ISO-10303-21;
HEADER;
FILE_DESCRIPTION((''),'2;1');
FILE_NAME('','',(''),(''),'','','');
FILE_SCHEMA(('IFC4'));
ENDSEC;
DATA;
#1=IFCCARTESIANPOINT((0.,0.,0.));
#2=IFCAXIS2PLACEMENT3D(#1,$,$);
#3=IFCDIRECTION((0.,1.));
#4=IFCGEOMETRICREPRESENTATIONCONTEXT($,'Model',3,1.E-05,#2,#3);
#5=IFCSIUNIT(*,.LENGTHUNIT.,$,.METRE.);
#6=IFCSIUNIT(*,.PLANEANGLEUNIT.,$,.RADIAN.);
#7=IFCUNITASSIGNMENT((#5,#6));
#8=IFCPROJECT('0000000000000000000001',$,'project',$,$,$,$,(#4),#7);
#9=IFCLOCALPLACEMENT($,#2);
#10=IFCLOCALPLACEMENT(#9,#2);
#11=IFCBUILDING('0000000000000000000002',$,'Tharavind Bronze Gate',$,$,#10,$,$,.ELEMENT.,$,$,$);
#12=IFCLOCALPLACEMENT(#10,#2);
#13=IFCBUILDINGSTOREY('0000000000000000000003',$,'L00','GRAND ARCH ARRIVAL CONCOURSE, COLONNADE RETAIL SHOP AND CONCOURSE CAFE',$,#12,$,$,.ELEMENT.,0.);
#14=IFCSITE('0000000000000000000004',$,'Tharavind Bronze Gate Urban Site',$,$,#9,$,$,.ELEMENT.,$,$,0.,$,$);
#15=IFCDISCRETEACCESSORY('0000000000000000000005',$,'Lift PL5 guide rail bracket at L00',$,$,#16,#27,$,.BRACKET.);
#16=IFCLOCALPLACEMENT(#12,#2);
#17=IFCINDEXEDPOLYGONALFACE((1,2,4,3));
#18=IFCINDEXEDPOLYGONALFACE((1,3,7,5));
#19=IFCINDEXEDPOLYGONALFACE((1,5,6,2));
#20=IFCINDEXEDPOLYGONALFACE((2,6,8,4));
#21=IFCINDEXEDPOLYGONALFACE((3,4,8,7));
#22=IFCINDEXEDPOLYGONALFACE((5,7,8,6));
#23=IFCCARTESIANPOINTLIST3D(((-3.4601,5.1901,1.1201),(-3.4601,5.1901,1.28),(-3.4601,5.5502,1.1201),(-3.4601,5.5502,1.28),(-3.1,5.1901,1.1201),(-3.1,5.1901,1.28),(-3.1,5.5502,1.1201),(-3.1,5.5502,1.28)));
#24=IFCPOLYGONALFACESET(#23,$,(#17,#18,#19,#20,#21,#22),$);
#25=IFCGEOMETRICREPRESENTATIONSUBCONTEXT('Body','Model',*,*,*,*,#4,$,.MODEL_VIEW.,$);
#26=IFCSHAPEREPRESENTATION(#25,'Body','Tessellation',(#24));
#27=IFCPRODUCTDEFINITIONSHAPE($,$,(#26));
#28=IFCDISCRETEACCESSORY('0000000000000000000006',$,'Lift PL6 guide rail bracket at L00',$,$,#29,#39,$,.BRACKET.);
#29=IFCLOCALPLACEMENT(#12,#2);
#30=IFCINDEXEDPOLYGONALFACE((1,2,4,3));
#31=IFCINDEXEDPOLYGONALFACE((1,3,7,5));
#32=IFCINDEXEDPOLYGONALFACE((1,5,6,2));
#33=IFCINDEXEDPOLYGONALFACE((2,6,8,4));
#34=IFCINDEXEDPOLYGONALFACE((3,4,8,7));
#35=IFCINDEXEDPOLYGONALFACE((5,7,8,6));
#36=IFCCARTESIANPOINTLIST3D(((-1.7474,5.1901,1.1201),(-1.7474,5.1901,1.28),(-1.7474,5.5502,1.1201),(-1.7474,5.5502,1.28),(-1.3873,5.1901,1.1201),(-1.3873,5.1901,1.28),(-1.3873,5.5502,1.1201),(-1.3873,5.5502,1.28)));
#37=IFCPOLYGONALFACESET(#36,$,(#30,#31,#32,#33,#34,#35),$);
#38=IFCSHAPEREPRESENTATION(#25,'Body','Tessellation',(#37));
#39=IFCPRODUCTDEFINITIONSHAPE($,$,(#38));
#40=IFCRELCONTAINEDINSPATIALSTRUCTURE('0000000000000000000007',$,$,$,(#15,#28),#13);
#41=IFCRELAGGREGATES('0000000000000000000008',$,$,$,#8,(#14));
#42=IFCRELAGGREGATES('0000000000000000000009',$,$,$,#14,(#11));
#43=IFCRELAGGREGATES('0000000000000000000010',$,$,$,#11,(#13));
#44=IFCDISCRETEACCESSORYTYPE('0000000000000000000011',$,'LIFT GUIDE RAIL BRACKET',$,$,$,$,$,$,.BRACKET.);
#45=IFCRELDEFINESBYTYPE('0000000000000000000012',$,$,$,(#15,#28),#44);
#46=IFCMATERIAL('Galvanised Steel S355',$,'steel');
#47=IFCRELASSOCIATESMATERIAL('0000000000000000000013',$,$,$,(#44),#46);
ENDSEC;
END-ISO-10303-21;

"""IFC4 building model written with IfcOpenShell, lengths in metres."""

from ifc_helpers import new_model, si_unit, direction, frame, origin, origin_2d, place, context, subcontext, project, spatial, rectangle, extrude, material, type_object, element, save


model = new_model("IFC4")

# Units and contexts
model_context = context("Model", 3, precision=1e-05, world=origin(), true_north=direction((0.0, 1.0)))
body_context = subcontext(model_context, "Body", "Model", "MODEL_VIEW")
ifc_project = project(units=[si_unit("LENGTHUNIT", "METRE"), si_unit("PLANEANGLEUNIT", "RADIAN")], contexts=[model_context])

# Site, building, storey
site_placement = place(None, origin())
site = spatial("IfcSite", under=ifc_project, at=site_placement, Name="Tharavind Bronze Gate Urban Site", CompositionType="ELEMENT", RefElevation=0.0)
building_placement = place(site_placement, origin())
building = spatial("IfcBuilding", under=site, at=building_placement, Name="Tharavind Bronze Gate", CompositionType="ELEMENT")
storey_placement = place(building_placement, origin())
storey = spatial("IfcBuildingStorey", under=building, at=storey_placement, Name="L00", Description="GRAND ARCH ARRIVAL CONCOURSE, COLONNADE RETAIL SHOP AND CONCOURSE CAFE", CompositionType="ELEMENT", Elevation=0.0)

# Discrete accessories
ifc_material_1 = material(Name="Galvanised Steel S355", Category="steel")
discrete_accessory_type = type_object("IfcDiscreteAccessoryType", Name="LIFT GUIDE RAIL BRACKET", PredefinedType="BRACKET", material=ifc_material_1)
for number, where, z_axis, x_axis, name in (
    (1, (-3.28, 5.3701, 1.1201), (0.0, 0.0, 1.0), (1.0, 0.0, 0.0), "Lift PL5 guide rail bracket at L00"),
    (2, (-1.5674, 5.3701, 1.1201), (0.0, 0.0, 1.0), (1.0, 0.0, 0.0), "Lift PL6 guide rail bracket at L00"),
):
    element("IfcDiscreteAccessory", number, at=place(storey_placement, frame(where, z_axis=z_axis, x_axis=x_axis)), inside=storey, type_object=discrete_accessory_type, Name=name, PredefinedType="BRACKET", context=body_context, shape_type="SweptSolid", body=[
        extrude(rectangle(XDim=0.3601, YDim=0.3601, at=origin_2d()), origin(), (0.0, 0.0, 1.0), 0.1599),
    ])

save(model, "model.ifc")
